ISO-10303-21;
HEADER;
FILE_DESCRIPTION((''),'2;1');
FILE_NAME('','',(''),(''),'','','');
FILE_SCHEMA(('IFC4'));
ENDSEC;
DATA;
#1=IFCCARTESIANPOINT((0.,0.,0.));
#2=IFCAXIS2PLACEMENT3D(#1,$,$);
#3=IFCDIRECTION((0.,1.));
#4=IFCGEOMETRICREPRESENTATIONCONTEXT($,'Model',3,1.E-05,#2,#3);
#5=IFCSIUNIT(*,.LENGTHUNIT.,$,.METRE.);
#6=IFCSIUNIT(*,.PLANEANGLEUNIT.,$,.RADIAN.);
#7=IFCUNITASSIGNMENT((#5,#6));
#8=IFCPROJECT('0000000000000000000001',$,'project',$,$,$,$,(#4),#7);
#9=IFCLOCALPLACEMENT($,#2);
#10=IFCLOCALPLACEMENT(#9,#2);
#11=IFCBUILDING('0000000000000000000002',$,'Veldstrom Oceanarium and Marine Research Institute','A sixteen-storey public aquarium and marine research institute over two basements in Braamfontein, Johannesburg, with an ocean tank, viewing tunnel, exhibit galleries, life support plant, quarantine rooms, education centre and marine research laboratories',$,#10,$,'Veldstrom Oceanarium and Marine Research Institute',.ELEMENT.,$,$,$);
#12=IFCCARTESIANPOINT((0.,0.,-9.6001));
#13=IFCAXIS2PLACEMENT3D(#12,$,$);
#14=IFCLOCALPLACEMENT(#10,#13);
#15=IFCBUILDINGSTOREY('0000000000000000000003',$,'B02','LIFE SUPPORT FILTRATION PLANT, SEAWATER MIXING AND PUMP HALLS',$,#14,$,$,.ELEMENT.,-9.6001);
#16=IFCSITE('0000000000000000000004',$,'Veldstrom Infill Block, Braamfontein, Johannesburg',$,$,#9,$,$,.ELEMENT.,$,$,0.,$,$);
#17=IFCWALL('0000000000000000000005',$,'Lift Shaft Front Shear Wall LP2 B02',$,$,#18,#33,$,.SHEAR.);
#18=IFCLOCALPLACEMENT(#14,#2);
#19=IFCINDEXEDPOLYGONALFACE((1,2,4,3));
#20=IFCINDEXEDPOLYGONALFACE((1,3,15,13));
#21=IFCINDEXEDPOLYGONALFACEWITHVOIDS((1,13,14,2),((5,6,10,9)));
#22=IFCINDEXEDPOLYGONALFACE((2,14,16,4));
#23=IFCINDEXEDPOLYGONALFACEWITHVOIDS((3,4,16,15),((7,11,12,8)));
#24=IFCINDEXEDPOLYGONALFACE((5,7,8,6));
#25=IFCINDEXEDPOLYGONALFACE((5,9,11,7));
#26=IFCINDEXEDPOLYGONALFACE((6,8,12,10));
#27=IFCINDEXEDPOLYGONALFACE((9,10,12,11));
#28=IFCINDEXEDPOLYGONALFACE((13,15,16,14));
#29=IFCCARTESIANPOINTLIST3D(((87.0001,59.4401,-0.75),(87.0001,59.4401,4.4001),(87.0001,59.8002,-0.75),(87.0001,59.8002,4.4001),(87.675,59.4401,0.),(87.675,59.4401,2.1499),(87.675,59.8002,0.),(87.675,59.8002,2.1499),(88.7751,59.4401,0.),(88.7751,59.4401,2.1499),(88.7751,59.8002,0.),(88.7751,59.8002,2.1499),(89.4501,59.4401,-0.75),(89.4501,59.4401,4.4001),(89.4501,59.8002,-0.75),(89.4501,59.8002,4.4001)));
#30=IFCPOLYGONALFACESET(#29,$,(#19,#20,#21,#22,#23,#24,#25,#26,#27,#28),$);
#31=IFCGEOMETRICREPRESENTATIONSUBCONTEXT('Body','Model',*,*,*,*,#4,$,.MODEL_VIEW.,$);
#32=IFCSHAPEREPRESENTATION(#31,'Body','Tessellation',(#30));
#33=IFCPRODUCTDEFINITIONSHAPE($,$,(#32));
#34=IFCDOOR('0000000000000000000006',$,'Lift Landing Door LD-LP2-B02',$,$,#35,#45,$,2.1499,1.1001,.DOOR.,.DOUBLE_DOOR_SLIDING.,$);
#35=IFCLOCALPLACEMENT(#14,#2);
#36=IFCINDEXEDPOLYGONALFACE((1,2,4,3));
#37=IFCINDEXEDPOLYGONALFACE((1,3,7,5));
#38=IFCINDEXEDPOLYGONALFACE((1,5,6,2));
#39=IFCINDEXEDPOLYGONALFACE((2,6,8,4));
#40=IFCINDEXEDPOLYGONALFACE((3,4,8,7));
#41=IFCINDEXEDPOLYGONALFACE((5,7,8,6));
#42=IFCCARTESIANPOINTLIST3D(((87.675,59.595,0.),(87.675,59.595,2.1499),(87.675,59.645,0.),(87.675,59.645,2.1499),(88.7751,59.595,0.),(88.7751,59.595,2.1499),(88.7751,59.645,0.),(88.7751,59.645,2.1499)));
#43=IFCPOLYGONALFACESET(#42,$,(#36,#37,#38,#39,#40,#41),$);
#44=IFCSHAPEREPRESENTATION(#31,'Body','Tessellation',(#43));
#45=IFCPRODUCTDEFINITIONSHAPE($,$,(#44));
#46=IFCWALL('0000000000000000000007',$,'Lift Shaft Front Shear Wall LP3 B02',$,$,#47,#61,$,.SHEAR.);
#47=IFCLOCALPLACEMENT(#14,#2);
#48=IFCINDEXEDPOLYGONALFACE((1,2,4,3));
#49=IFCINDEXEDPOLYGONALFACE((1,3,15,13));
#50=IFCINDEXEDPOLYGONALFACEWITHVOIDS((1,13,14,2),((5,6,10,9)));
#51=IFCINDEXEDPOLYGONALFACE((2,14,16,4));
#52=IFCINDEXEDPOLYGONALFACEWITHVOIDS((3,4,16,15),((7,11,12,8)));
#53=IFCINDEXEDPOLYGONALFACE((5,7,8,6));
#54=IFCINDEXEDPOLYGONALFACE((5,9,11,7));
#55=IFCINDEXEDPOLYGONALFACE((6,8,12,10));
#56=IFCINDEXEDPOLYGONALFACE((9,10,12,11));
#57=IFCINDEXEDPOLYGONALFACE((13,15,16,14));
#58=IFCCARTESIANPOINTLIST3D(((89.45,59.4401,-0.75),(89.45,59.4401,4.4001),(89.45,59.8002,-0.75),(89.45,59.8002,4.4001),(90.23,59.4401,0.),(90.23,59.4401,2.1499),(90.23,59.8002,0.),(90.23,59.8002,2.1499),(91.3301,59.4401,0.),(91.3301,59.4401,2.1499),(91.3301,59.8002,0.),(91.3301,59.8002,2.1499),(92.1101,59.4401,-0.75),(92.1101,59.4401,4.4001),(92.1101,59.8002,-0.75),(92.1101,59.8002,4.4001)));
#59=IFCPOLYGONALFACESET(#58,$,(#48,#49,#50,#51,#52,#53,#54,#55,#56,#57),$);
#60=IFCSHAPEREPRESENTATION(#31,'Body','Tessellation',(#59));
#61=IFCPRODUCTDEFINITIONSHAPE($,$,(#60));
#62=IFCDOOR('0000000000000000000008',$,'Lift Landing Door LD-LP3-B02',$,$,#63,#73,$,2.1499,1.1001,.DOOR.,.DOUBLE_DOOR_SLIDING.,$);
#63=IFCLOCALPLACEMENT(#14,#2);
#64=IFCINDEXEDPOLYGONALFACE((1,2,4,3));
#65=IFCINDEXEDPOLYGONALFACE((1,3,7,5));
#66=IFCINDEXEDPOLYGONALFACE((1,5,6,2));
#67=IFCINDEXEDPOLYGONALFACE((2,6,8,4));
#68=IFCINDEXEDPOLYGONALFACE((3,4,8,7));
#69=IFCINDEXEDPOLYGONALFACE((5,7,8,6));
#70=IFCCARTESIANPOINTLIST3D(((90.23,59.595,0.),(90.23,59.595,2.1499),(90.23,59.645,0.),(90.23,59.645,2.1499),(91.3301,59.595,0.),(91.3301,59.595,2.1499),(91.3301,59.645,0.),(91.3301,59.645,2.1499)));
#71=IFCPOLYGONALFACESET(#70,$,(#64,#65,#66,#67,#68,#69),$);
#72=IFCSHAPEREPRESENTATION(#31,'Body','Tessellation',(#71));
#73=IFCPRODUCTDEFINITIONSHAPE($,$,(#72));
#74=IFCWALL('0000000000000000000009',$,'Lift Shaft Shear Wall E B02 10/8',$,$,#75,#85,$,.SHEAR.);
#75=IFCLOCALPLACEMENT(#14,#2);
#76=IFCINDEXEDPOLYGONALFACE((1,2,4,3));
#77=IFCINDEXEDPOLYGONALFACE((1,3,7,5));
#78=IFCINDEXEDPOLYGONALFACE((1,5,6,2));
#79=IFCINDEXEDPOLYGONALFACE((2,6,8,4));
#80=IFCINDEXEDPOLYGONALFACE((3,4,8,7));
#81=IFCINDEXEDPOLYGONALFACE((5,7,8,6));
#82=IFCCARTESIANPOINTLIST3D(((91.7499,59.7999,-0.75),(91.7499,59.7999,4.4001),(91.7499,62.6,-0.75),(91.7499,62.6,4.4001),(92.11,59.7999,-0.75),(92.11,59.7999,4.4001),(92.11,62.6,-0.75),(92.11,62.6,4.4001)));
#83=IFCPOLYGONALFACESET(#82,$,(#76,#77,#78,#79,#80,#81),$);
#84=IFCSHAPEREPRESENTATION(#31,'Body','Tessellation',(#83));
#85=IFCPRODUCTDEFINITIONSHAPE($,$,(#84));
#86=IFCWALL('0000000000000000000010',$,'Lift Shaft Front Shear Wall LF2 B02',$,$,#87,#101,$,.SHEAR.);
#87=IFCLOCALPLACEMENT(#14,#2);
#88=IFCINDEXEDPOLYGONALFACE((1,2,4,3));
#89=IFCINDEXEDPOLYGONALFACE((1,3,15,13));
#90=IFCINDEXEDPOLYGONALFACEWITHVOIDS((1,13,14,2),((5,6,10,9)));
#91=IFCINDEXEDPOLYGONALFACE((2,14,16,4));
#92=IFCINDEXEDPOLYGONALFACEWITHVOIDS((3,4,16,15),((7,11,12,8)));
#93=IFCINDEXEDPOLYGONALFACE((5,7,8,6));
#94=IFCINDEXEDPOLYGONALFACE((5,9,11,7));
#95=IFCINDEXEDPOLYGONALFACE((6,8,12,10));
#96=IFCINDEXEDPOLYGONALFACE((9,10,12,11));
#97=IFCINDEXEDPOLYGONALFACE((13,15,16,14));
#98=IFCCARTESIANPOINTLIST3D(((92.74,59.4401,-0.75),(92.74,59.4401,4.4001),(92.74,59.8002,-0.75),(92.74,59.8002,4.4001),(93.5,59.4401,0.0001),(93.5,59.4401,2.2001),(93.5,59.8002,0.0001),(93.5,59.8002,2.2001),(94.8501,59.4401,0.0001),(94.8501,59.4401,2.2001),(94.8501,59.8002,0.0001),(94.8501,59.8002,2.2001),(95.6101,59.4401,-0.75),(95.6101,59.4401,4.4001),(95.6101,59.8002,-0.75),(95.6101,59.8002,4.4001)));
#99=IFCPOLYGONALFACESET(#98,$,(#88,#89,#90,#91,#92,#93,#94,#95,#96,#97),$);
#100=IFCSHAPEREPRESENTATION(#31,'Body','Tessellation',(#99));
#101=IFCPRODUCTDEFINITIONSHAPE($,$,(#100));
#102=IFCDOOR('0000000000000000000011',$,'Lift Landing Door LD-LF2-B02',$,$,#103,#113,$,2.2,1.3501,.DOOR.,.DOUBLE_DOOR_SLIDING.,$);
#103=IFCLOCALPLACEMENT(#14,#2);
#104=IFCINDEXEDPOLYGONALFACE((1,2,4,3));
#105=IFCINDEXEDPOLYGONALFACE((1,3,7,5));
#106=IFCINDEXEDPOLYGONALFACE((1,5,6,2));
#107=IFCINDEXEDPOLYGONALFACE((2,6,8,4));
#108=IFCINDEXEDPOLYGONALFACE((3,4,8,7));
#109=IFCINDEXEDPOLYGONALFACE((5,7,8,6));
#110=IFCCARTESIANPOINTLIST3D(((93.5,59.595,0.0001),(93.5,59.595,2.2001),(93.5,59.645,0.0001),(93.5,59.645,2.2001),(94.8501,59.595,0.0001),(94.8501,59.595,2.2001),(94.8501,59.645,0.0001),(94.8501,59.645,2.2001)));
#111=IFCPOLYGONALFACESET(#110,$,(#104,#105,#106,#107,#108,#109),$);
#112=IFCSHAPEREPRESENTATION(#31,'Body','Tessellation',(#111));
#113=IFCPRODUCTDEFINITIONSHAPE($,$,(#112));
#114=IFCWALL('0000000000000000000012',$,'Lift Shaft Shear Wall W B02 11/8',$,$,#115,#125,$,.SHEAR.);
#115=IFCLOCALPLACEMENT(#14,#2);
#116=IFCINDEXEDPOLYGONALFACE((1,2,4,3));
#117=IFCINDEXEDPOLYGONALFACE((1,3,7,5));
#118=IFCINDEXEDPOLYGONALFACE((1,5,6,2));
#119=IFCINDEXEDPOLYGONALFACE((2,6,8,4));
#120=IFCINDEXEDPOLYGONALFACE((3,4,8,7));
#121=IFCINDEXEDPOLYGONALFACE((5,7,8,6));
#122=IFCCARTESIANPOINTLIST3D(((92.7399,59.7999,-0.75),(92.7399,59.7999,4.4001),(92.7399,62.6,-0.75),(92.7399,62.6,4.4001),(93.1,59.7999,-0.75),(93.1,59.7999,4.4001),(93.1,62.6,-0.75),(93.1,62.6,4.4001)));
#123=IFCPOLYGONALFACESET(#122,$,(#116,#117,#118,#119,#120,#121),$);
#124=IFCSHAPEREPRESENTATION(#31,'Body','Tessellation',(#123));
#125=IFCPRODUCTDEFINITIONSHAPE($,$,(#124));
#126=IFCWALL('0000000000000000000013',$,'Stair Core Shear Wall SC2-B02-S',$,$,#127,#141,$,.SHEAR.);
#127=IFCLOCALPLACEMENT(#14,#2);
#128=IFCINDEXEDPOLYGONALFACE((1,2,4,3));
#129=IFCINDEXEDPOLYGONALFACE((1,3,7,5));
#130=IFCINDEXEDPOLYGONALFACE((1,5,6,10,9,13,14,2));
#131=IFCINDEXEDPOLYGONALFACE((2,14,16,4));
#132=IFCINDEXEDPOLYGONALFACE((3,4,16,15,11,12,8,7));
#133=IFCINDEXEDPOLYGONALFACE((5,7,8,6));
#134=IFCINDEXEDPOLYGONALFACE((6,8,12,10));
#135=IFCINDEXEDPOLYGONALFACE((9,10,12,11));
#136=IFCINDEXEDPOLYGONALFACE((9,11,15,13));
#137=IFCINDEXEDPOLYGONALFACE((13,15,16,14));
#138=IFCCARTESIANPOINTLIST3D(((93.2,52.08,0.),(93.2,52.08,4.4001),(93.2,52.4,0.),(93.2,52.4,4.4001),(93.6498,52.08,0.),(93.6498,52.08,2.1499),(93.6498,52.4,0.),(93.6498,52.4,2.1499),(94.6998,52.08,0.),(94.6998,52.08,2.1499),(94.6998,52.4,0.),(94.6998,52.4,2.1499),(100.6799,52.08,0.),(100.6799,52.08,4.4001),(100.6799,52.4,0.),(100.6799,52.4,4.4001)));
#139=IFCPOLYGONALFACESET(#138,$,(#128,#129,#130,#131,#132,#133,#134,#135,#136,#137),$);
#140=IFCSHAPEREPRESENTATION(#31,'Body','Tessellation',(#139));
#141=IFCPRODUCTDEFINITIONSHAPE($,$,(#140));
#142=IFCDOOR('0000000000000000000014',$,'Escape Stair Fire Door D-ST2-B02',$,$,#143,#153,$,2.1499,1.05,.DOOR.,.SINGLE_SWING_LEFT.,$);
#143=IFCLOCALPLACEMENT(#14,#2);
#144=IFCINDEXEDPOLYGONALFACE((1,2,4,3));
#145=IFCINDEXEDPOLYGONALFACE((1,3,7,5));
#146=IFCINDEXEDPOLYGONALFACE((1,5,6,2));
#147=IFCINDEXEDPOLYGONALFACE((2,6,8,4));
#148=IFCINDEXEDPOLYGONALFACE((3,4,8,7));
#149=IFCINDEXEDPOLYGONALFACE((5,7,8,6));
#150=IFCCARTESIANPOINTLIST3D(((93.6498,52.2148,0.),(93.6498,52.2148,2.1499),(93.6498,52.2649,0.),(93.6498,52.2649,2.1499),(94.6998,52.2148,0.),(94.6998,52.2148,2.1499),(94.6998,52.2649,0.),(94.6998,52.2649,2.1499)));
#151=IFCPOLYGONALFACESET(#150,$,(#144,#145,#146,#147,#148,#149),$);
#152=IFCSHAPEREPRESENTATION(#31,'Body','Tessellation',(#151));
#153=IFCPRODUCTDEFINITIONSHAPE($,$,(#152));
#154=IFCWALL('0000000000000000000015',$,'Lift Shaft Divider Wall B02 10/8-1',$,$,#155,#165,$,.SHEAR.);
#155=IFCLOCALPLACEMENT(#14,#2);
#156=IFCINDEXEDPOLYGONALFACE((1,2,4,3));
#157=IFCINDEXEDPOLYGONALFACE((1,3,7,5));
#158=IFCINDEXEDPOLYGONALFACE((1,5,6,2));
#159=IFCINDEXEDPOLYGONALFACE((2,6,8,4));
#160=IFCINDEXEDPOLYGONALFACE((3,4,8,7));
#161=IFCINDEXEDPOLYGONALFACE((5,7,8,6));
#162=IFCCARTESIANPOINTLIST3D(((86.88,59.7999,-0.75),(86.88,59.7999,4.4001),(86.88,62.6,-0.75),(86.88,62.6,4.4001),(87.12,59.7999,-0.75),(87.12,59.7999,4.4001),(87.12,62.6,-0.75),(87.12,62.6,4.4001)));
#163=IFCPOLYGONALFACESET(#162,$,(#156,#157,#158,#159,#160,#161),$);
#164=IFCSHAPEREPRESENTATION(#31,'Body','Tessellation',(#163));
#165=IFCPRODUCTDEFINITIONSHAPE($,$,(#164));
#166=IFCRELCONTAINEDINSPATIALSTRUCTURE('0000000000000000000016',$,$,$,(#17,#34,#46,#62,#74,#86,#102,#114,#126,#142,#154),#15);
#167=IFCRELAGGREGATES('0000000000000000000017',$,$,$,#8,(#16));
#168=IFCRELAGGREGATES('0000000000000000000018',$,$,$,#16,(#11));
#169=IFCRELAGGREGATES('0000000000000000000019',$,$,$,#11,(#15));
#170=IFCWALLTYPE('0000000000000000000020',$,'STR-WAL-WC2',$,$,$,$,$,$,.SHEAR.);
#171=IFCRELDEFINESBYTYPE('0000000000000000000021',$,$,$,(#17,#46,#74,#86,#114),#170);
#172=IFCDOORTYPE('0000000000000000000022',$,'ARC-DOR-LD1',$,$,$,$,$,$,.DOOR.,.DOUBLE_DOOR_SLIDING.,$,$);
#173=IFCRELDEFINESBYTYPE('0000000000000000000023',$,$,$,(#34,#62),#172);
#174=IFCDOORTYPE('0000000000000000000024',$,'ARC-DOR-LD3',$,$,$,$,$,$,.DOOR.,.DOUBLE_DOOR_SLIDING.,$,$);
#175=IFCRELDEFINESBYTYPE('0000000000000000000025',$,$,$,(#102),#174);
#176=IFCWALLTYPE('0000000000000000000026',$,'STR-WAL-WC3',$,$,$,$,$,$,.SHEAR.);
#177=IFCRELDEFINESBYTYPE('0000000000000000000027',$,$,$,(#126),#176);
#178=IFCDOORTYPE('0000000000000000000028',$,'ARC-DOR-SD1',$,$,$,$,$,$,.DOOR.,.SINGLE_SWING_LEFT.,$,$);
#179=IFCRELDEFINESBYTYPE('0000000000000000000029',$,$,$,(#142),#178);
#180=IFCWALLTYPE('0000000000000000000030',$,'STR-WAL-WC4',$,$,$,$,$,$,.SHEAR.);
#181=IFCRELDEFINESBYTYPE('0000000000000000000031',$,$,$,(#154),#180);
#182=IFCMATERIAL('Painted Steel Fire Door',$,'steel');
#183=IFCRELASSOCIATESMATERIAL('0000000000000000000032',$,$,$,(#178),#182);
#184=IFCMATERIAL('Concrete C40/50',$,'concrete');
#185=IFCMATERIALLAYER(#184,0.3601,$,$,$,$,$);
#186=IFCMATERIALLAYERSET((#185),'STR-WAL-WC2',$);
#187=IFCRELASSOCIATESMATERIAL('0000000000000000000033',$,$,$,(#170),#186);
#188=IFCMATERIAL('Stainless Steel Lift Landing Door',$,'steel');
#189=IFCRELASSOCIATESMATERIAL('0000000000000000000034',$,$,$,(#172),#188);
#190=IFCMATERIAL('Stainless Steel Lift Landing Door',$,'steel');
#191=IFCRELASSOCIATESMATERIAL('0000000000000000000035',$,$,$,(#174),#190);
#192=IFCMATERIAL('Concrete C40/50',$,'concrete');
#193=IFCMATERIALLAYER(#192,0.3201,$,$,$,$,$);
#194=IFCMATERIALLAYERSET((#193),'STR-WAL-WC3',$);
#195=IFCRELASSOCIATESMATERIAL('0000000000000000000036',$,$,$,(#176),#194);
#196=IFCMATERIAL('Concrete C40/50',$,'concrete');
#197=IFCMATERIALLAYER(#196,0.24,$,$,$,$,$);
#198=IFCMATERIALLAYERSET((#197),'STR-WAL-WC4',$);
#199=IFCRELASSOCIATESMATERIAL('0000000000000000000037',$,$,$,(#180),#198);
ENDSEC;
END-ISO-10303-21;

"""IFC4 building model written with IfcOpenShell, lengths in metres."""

from ifc_helpers import new_model, si_unit, direction, frame, frame_2d, origin, place, context, subcontext, project, spatial, rectangle, extrude, material, layer, layer_set, type_object, element, fill, save


model = new_model("IFC4")

# Units and contexts
model_context = context("Model", 3, precision=1e-05, world=origin(), true_north=direction((0.0, 1.0)))
body_context = subcontext(model_context, "Body", "Model", "MODEL_VIEW")
ifc_project = project(units=[si_unit("LENGTHUNIT", "METRE"), si_unit("PLANEANGLEUNIT", "RADIAN")], contexts=[model_context])

# Site, building, storey
site_placement = place(None, origin())
site = spatial("IfcSite", under=ifc_project, at=site_placement, Name="Veldstrom Infill Block, Braamfontein, Johannesburg", CompositionType="ELEMENT", RefElevation=0.0)
building_placement = place(site_placement, origin())
building = spatial("IfcBuilding", under=site, at=building_placement, Name="Veldstrom Oceanarium and Marine Research Institute", Description="A sixteen-storey public aquarium and marine research institute over two basements in Braamfontein, Johannesburg, with an ocean tank, viewing tunnel, exhibit galleries, life support plant, quarantine rooms, education centre and marine research laboratories", LongName="Veldstrom Oceanarium and Marine Research Institute", CompositionType="ELEMENT")
storey_placement = place(building_placement, frame((0.0, 0.0, -9.6001)))
storey = spatial("IfcBuildingStorey", under=building, at=storey_placement, Name="B02", Description="LIFE SUPPORT FILTRATION PLANT, SEAWATER MIXING AND PUMP HALLS", CompositionType="ELEMENT", Elevation=-9.6001)

# Shared definitions
ifc_material_1 = material(Name="Painted Steel Fire Door", Category="steel")
door_type_1 = type_object("IfcDoorType", Name="ARC-DOR-SD1", OperationType="SINGLE_SWING_LEFT", PredefinedType="DOOR", material=ifc_material_1)

# Walls, openings, doors
ifc_material_2 = material(Name="Concrete C40/50", Category="concrete")
ifc_layer_1 = layer(ifc_material_2, 0.3601)
ifc_layer_set_1 = layer_set([ifc_layer_1], Name="STR-WAL-WC2")
wall_type_1 = type_object("IfcWallType", Name="STR-WAL-WC2", PredefinedType="SHEAR", material=ifc_layer_set_1)
wall_1_placement = place(storey_placement, frame((87.0, 59.6201, -0.75), z_axis=(0.0, 0.0, 1.0), x_axis=(1.0, 0.0, 0.0)))
wall_1 = element("IfcWall", 1, at=wall_1_placement, inside=storey, type_object=wall_type_1, Name="Lift Shaft Front Shear Wall LP2 B02", PredefinedType="SHEAR", context=body_context, shape_type="SweptSolid", body=[
    extrude(rectangle(XDim=2.45, YDim=0.3601, at=frame_2d((1.2251, 0.0))), origin(), (0.0, 0.0, 1.0), 5.1501),
])
opening_1_placement = place(wall_1_placement, frame((0.675, 0.0, 0.75)))
opening_1 = element("IfcOpeningElement", 2, at=opening_1_placement, cuts=wall_1, PredefinedType="OPENING", context=body_context, shape_type="SweptSolid", body=[
    extrude(rectangle(XDim=1.1001, YDim=2.1499, at=frame_2d((0.55, 1.075))), frame((0.0, 0.1899, 0.0), z_axis=(0.0, -1.0, 0.0), x_axis=(1.0, 0.0, 0.0)), (0.0, 0.0, 1.0), 0.3801),
])
ifc_material_3 = material(Name="Stainless Steel Lift Landing Door", Category="steel")
door_type_2 = type_object("IfcDoorType", Name="ARC-DOR-LD1", OperationType="DOUBLE_DOOR_SLIDING", PredefinedType="DOOR", material=ifc_material_3)
door_1_placement = place(opening_1_placement, origin())
door_1 = element("IfcDoor", 3, at=door_1_placement, inside=storey, type_object=door_type_2, Name="Lift Landing Door LD-LP2-B02", OperationType="DOUBLE_DOOR_SLIDING", OverallHeight=2.1499, OverallWidth=1.1001, PredefinedType="DOOR", context=body_context, shape_type="SweptSolid", body=[
    extrude(rectangle(XDim=1.1001, YDim=2.1499, at=frame_2d((0.55, 1.075))), frame((0.0, 0.0249, 0.0), z_axis=(0.0, -1.0, 0.0), x_axis=(1.0, 0.0, 0.0)), (0.0, 0.0, 1.0), 0.05),
])
fill(opening_1, door_1)
wall_2_placement = place(storey_placement, frame((89.45, 59.6201, -0.75), z_axis=(0.0, 0.0, 1.0), x_axis=(1.0, 0.0, 0.0)))
wall_2 = element("IfcWall", 4, at=wall_2_placement, inside=storey, type_object=wall_type_1, Name="Lift Shaft Front Shear Wall LP3 B02", PredefinedType="SHEAR", context=body_context, shape_type="SweptSolid", body=[
    extrude(rectangle(XDim=2.6602, YDim=0.3601, at=frame_2d((1.3301, 0.0))), origin(), (0.0, 0.0, 1.0), 5.1501),
])
opening_2_placement = place(wall_2_placement, frame((0.78, 0.0, 0.75)))
opening_2 = element("IfcOpeningElement", 5, at=opening_2_placement, cuts=wall_2, PredefinedType="OPENING", context=body_context, shape_type="SweptSolid", body=[
    extrude(rectangle(XDim=1.1001, YDim=2.1499, at=frame_2d((0.55, 1.075))), frame((0.0, 0.1899, 0.0), z_axis=(0.0, -1.0, 0.0), x_axis=(1.0, 0.0, 0.0)), (0.0, 0.0, 1.0), 0.3801),
])
door_2_placement = place(opening_2_placement, origin())
door_2 = element("IfcDoor", 6, at=door_2_placement, inside=storey, type_object=door_type_2, Name="Lift Landing Door LD-LP3-B02", OperationType="DOUBLE_DOOR_SLIDING", OverallHeight=2.1499, OverallWidth=1.1001, PredefinedType="DOOR", context=body_context, shape_type="SweptSolid", body=[
    extrude(rectangle(XDim=1.1001, YDim=2.1499, at=frame_2d((0.55, 1.075))), frame((0.0, 0.0249, 0.0), z_axis=(0.0, -1.0, 0.0), x_axis=(1.0, 0.0, 0.0)), (0.0, 0.0, 1.0), 0.05),
])
fill(opening_2, door_2)

# Wall
wall_3_placement = place(storey_placement, frame((91.9299, 59.8, -0.75), z_axis=(0.0, 0.0, 1.0), x_axis=(0.0, 1.0, 0.0)))
element("IfcWall", 7, at=wall_3_placement, inside=storey, type_object=wall_type_1, Name="Lift Shaft Shear Wall E B02 10/8", PredefinedType="SHEAR", context=body_context, shape_type="SweptSolid", body=[
    extrude(rectangle(XDim=2.8, YDim=0.3601, at=frame_2d((1.3999, 0.0))), origin(), (0.0, 0.0, 1.0), 5.1501),
])

# Wall, opening, door
wall_4_placement = place(storey_placement, frame((92.74, 59.6201, -0.75), z_axis=(0.0, 0.0, 1.0), x_axis=(1.0, 0.0, 0.0)))
wall_4 = element("IfcWall", 8, at=wall_4_placement, inside=storey, type_object=wall_type_1, Name="Lift Shaft Front Shear Wall LF2 B02", PredefinedType="SHEAR", context=body_context, shape_type="SweptSolid", body=[
    extrude(rectangle(XDim=2.8701, YDim=0.3601, at=frame_2d((1.4351, 0.0))), origin(), (0.0, 0.0, 1.0), 5.1501),
])
opening_3_placement = place(wall_4_placement, frame((0.76, 0.0, 0.75)))
opening_3 = element("IfcOpeningElement", 9, at=opening_3_placement, cuts=wall_4, PredefinedType="OPENING", context=body_context, shape_type="SweptSolid", body=[
    extrude(rectangle(XDim=1.3501, YDim=2.2, at=frame_2d((0.675, 1.1001))), frame((0.0, 0.1899, 0.0), z_axis=(0.0, -1.0, 0.0), x_axis=(1.0, 0.0, 0.0)), (0.0, 0.0, 1.0), 0.3801),
])
ifc_material_4 = material(Name="Stainless Steel Lift Landing Door", Category="steel")
door_type_3 = type_object("IfcDoorType", Name="ARC-DOR-LD3", OperationType="DOUBLE_DOOR_SLIDING", PredefinedType="DOOR", material=ifc_material_4)
door_3_placement = place(opening_3_placement, origin())
door_3 = element("IfcDoor", 10, at=door_3_placement, inside=storey, type_object=door_type_3, Name="Lift Landing Door LD-LF2-B02", OperationType="DOUBLE_DOOR_SLIDING", OverallHeight=2.2, OverallWidth=1.3501, PredefinedType="DOOR", context=body_context, shape_type="SweptSolid", body=[
    extrude(rectangle(XDim=1.3501, YDim=2.2, at=frame_2d((0.675, 1.1001))), frame((0.0, 0.0249, 0.0), z_axis=(0.0, -1.0, 0.0), x_axis=(1.0, 0.0, 0.0)), (0.0, 0.0, 1.0), 0.05),
])
fill(opening_3, door_3)

# Wall
wall_5_placement = place(storey_placement, frame((92.9199, 59.8, -0.75), z_axis=(0.0, 0.0, 1.0), x_axis=(0.0, 1.0, 0.0)))
element("IfcWall", 11, at=wall_5_placement, inside=storey, type_object=wall_type_1, Name="Lift Shaft Shear Wall W B02 11/8", PredefinedType="SHEAR", context=body_context, shape_type="SweptSolid", body=[
    extrude(rectangle(XDim=2.8, YDim=0.3601, at=frame_2d((1.3999, 0.0))), origin(), (0.0, 0.0, 1.0), 5.1501),
])

# Wall, opening, door
ifc_material_5 = material(Name="Concrete C40/50", Category="concrete")
ifc_layer_2 = layer(ifc_material_5, 0.3201)
ifc_layer_set_2 = layer_set([ifc_layer_2], Name="STR-WAL-WC3")
wall_type_2 = type_object("IfcWallType", Name="STR-WAL-WC3", PredefinedType="SHEAR", material=ifc_layer_set_2)
wall_6_placement = place(storey_placement, frame((93.2, 52.24, 0.0), z_axis=(0.0, 0.0, 1.0), x_axis=(1.0, 0.0, 0.0)))
wall_6 = element("IfcWall", 12, at=wall_6_placement, inside=storey, type_object=wall_type_2, Name="Stair Core Shear Wall SC2-B02-S", PredefinedType="SHEAR", context=body_context, shape_type="SweptSolid", body=[
    extrude(rectangle(XDim=7.48, YDim=0.3201, at=frame_2d((3.74, 0.0))), origin(), (0.0, 0.0, 1.0), 4.4001),
])
opening_4_placement = place(wall_6_placement, frame((0.45, 0.0, 0.0)))
opening_4 = element("IfcOpeningElement", 13, at=opening_4_placement, cuts=wall_6, PredefinedType="OPENING", context=body_context, shape_type="SweptSolid", body=[
    extrude(rectangle(XDim=1.05, YDim=2.1499, at=frame_2d((0.5249, 1.075))), frame((0.0, 0.1699, 0.0), z_axis=(0.0, -1.0, 0.0), x_axis=(1.0, 0.0, 0.0)), (0.0, 0.0, 1.0), 0.3401),
])
door_4_placement = place(opening_4_placement, origin())
door_4 = element("IfcDoor", 14, at=door_4_placement, inside=storey, type_object=door_type_1, Name="Escape Stair Fire Door D-ST2-B02", OperationType="SINGLE_SWING_LEFT", OverallHeight=2.1499, OverallWidth=1.05, PredefinedType="DOOR", context=body_context, shape_type="SweptSolid", body=[
    extrude(rectangle(XDim=1.05, YDim=2.1499, at=frame_2d((0.5249, 1.075))), frame((0.0, 0.0249, 0.0), z_axis=(0.0, -1.0, 0.0), x_axis=(1.0, 0.0, 0.0)), (0.0, 0.0, 1.0), 0.05),
])
fill(opening_4, door_4)

# Wall
ifc_material_6 = material(Name="Concrete C40/50", Category="concrete")
ifc_layer_3 = layer(ifc_material_6, 0.24)
ifc_layer_set_3 = layer_set([ifc_layer_3], Name="STR-WAL-WC4")
wall_type_3 = type_object("IfcWallType", Name="STR-WAL-WC4", PredefinedType="SHEAR", material=ifc_layer_set_3)
for number, where, z_axis, x_axis, name in (
    (15, (87.0, 59.8, -0.75), (0.0, 0.0, 1.0), (0.0, 1.0, 0.0), "Lift Shaft Divider Wall B02 10/8-1"),
):
    element("IfcWall", number, at=place(storey_placement, frame(where, z_axis=z_axis, x_axis=x_axis)), inside=storey, type_object=wall_type_3, Name=name, PredefinedType="SHEAR", context=body_context, shape_type="SweptSolid", body=[
        extrude(rectangle(XDim=2.8, YDim=0.24, at=frame_2d((1.3999, 0.0))), origin(), (0.0, 0.0, 1.0), 5.1501),
    ])

save(model, "model.ifc")
